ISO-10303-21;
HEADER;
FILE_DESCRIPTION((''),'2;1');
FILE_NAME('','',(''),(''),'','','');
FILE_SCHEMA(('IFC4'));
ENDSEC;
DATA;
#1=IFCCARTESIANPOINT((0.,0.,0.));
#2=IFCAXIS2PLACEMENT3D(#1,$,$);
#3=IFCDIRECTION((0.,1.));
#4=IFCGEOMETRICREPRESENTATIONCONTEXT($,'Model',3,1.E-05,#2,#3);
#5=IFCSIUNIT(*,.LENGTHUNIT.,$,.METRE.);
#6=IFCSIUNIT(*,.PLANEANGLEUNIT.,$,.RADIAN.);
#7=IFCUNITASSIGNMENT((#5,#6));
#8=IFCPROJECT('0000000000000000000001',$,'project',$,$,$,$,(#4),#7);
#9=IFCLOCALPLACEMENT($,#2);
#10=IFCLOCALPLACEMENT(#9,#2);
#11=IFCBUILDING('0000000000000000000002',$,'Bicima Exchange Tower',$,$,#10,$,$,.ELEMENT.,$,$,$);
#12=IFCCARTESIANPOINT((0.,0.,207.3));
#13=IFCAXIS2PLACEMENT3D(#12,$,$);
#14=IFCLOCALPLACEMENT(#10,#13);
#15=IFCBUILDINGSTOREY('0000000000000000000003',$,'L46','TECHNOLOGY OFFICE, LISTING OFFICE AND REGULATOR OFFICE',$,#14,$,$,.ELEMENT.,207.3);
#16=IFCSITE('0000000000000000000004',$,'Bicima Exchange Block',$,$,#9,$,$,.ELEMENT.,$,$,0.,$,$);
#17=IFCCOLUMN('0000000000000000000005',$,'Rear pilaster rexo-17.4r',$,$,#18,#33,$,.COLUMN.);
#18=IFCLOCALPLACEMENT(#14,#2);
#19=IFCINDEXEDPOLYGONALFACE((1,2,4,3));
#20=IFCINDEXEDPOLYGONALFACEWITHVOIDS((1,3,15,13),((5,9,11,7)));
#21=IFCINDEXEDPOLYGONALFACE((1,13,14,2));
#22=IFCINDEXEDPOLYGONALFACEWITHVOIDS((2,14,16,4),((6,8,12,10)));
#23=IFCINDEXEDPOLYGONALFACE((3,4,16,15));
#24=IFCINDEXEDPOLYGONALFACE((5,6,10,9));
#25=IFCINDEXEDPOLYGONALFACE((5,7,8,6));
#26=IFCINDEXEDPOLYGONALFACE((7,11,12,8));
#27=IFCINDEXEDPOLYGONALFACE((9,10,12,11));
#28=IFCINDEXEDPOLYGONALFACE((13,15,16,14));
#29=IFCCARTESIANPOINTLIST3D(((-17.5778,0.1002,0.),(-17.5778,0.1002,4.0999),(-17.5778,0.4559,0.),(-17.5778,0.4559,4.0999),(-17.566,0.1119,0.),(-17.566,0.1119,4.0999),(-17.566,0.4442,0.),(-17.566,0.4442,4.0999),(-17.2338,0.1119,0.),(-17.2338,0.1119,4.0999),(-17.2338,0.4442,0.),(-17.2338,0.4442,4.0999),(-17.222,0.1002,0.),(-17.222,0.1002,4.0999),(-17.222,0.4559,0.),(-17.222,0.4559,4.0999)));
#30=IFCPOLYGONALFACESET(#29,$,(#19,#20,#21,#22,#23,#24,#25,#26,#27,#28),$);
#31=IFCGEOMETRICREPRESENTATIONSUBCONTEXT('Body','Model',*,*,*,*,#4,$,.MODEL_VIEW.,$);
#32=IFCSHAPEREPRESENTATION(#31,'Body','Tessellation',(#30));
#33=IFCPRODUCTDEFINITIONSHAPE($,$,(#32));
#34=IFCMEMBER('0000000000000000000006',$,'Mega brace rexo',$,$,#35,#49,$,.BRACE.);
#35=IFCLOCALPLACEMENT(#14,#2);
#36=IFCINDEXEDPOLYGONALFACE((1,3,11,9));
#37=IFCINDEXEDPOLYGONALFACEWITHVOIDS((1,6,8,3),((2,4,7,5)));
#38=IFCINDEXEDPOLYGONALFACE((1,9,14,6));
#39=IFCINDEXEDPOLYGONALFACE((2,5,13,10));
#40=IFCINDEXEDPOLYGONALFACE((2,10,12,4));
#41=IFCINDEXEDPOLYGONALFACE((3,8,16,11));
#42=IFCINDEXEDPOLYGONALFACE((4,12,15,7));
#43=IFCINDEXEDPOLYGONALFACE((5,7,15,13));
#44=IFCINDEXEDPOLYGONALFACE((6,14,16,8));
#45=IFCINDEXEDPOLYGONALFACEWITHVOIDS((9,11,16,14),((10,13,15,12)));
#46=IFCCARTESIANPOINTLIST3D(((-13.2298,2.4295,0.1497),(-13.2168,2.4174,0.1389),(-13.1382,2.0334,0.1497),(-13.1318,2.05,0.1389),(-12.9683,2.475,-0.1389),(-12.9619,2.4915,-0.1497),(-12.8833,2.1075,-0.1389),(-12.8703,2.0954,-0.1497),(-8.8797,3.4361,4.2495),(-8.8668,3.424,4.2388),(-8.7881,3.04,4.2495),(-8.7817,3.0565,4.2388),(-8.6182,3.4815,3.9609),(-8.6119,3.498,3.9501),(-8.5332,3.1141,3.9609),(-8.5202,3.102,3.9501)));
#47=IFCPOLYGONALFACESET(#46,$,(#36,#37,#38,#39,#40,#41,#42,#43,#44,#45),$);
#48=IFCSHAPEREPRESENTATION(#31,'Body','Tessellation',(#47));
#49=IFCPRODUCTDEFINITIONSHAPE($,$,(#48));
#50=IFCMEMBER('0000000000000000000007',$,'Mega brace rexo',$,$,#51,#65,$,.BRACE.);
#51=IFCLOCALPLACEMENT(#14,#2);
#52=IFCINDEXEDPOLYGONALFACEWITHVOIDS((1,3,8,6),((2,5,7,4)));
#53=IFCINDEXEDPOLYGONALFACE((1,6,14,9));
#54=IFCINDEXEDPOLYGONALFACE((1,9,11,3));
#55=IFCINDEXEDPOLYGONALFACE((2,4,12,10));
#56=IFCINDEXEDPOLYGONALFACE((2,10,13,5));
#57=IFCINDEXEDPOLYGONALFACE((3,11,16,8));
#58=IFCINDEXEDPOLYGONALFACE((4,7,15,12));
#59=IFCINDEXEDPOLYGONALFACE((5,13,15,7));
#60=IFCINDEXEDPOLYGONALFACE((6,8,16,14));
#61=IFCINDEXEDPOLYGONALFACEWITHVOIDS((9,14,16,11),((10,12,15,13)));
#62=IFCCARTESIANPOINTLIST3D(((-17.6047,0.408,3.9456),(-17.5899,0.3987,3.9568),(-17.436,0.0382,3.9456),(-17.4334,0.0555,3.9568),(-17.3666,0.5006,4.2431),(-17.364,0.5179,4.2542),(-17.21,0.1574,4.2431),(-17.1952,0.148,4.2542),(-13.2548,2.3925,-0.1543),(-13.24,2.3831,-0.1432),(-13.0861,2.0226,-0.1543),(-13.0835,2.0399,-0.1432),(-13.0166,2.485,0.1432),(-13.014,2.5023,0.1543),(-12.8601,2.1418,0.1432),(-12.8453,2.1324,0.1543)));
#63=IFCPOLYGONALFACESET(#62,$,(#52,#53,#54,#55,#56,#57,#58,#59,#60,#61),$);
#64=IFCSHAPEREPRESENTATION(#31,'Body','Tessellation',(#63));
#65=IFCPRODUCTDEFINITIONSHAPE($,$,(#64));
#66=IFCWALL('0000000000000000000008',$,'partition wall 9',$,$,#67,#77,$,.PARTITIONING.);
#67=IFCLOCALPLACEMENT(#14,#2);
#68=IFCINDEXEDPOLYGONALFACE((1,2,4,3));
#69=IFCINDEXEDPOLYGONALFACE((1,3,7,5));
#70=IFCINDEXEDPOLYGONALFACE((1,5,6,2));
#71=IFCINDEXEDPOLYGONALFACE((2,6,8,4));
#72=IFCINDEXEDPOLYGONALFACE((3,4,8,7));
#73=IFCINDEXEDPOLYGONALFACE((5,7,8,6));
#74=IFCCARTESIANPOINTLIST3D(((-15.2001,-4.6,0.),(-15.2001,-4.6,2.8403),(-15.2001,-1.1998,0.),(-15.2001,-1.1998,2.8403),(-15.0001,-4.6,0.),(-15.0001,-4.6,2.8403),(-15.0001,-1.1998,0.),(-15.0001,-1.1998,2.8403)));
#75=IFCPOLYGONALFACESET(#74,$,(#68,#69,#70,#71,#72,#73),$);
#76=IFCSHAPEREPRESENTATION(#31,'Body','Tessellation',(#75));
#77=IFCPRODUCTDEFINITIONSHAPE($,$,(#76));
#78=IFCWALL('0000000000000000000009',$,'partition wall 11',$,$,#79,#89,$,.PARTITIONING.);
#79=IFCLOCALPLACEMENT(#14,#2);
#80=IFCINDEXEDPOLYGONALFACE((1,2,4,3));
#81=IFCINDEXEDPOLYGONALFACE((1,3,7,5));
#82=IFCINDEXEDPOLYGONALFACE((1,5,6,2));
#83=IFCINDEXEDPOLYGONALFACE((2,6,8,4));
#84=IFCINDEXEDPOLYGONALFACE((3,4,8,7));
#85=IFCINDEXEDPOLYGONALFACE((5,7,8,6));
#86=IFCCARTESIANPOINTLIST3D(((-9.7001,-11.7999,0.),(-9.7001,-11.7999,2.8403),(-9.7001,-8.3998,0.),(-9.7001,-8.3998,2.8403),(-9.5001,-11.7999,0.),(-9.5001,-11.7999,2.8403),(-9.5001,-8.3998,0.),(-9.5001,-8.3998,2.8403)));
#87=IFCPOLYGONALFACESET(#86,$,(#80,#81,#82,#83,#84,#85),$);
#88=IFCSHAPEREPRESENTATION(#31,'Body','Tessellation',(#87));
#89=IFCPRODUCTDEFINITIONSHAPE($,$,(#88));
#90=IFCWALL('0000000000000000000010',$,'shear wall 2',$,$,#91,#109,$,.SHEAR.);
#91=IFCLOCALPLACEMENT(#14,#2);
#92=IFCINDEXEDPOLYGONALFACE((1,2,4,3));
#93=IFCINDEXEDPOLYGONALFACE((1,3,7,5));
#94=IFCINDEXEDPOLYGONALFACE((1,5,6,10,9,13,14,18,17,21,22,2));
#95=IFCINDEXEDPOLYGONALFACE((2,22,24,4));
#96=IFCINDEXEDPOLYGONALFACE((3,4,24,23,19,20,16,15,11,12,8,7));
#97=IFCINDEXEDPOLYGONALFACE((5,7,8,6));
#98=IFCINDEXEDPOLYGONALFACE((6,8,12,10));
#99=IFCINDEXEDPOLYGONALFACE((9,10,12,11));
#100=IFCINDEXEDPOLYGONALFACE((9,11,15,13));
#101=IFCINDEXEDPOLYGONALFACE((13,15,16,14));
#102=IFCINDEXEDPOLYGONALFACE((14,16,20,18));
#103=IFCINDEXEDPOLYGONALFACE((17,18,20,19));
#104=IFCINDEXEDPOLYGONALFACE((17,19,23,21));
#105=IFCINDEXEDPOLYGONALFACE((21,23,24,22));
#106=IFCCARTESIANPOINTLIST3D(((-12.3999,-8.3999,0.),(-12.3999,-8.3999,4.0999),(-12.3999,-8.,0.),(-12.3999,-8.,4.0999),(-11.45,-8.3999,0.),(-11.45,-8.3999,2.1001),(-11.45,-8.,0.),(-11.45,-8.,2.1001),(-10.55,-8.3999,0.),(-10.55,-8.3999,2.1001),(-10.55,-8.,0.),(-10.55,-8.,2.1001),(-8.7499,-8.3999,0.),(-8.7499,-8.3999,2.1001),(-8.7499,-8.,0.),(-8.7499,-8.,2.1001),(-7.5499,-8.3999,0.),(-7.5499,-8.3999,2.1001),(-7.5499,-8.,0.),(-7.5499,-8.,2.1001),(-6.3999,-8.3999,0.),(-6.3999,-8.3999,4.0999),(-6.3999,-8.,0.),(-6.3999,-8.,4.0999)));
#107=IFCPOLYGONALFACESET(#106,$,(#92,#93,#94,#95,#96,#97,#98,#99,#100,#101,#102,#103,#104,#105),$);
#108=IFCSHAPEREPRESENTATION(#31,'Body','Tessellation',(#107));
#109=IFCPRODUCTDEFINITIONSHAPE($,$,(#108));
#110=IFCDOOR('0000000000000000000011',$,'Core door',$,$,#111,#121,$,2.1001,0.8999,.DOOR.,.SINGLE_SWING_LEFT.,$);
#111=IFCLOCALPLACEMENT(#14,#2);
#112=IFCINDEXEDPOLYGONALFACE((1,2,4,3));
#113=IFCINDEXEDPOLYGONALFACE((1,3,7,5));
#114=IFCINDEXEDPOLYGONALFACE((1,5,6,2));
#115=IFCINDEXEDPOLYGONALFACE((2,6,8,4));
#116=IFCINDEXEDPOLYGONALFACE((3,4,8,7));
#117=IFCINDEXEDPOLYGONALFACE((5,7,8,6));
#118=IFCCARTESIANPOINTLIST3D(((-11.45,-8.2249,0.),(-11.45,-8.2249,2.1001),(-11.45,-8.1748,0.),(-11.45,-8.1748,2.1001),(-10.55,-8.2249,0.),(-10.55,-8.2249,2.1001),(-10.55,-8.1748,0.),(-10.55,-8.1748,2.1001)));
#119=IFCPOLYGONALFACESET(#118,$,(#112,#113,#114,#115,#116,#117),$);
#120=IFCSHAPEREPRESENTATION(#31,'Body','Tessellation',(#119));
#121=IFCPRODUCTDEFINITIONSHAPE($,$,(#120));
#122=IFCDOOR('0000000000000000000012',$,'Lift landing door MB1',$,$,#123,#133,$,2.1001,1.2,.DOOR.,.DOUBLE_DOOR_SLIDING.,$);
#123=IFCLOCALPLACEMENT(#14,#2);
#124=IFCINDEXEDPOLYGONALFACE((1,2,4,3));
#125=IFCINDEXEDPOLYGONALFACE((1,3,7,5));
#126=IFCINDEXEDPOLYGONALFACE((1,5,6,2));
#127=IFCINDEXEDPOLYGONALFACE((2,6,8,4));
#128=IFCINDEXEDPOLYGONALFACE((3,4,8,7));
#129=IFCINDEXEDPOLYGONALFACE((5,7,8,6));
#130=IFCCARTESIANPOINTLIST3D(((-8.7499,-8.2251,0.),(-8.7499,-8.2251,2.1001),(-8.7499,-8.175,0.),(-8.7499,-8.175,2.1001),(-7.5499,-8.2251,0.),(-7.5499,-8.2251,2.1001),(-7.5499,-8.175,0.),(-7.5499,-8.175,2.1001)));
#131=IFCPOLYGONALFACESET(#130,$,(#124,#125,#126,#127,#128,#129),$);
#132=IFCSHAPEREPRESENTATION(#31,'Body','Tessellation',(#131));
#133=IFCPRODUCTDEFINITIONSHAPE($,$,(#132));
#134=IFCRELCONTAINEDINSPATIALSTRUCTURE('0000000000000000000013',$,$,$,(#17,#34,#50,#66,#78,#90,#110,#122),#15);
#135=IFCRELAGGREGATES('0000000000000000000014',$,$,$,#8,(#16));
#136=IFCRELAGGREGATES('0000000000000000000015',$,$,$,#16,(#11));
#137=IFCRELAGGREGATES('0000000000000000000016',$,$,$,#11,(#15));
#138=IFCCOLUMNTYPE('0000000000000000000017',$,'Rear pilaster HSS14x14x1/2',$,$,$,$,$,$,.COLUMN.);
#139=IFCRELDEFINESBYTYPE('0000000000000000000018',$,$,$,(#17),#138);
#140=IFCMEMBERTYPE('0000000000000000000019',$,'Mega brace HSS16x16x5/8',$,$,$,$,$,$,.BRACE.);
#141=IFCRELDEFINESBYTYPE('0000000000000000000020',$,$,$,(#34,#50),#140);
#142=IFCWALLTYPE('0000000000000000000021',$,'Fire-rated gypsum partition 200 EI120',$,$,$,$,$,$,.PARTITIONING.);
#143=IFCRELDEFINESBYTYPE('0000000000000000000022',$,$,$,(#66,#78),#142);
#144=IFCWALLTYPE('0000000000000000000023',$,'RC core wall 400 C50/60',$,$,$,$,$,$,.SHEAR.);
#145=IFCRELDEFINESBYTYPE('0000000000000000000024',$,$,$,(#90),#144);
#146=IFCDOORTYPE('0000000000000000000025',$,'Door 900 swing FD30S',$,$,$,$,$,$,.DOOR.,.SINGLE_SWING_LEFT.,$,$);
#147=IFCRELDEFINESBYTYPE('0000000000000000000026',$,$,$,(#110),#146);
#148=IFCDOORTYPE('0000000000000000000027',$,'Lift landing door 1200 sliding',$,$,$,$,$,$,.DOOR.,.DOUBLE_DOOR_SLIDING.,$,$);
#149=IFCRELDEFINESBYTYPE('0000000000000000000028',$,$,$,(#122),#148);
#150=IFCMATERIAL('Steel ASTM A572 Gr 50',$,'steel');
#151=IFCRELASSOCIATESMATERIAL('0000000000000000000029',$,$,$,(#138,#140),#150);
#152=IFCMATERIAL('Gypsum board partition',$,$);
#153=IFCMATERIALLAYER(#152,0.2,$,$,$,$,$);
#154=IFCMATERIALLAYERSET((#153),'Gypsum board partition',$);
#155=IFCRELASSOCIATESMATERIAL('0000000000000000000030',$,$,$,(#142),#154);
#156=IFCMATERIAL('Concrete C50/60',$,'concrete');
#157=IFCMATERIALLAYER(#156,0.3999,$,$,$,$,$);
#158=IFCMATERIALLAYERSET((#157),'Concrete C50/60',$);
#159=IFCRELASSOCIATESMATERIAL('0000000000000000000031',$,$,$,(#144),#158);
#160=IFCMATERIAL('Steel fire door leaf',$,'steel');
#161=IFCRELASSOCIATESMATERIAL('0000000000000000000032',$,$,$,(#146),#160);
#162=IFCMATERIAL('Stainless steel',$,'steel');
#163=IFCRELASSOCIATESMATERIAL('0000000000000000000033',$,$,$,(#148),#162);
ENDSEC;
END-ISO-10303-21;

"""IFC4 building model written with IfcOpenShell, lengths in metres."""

from ifc_helpers import new_model, si_unit, direction, frame, frame_2d, origin, origin_2d, place, context, subcontext, project, spatial, rectangle, hollow_rectangle, extrude, material, layer, layer_set, material_profile, profile_set, type_object, element, fill, save


model = new_model("IFC4")

# Units and contexts
model_context = context("Model", 3, precision=1e-05, world=origin(), true_north=direction((0.0, 1.0)))
body_context = subcontext(model_context, "Body", "Model", "MODEL_VIEW")
ifc_project = project(units=[si_unit("LENGTHUNIT", "METRE"), si_unit("PLANEANGLEUNIT", "RADIAN")], contexts=[model_context])

# Site, building, storey
site_placement = place(None, origin())
site = spatial("IfcSite", under=ifc_project, at=site_placement, Name="Bicima Exchange Block", CompositionType="ELEMENT", RefElevation=0.0)
building_placement = place(site_placement, origin())
building = spatial("IfcBuilding", under=site, at=building_placement, Name="Bicima Exchange Tower", CompositionType="ELEMENT")
storey_placement = place(building_placement, frame((0.0, 0.0, 207.3)))
storey = spatial("IfcBuildingStorey", under=building, at=storey_placement, Name="L46", Description="TECHNOLOGY OFFICE, LISTING OFFICE AND REGULATOR OFFICE", CompositionType="ELEMENT", Elevation=207.3)

# Column
ifc_material_1 = material(Name="Steel ASTM A572 Gr 50", Category="steel")
ifc_material_profile_1 = material_profile(ifc_material_1, hollow_rectangle(XDim=0.3557, YDim=0.3557, WallThickness=0.0117, at=origin_2d()))
ifc_profile_set_1 = profile_set([ifc_material_profile_1], Name="Steel ASTM A572 Gr 50")
column_type = type_object("IfcColumnType", Name="Rear pilaster HSS14x14x1/2", PredefinedType="COLUMN", material=ifc_profile_set_1)
column_placement = place(storey_placement, frame((-17.3999, 0.2781, 0.0), z_axis=(0.0, 0.0, 1.0), x_axis=(1.0, 0.0, 0.0)))
element("IfcColumn", 1, at=column_placement, inside=storey, type_object=column_type, Name="Rear pilaster rexo-17.4r", PredefinedType="COLUMN", context=body_context, shape_type="SweptSolid", body=[
    extrude(hollow_rectangle(XDim=0.3557, YDim=0.3557, WallThickness=0.0117, at=origin_2d()), origin(), (0.0, 0.0, 1.0), 4.0999),
])

# Members
ifc_material_profile_2 = material_profile(ifc_material_1, hollow_rectangle(XDim=0.4065, YDim=0.4065, WallThickness=0.0146, at=origin_2d()))
ifc_profile_set_2 = profile_set([ifc_material_profile_2], Name="Steel ASTM A572 Gr 50")
member_type = type_object("IfcMemberType", Name="Mega brace HSS16x16x5/8", PredefinedType="BRACE", material=ifc_profile_set_2)
member_1_placement = place(storey_placement, frame((-13.05, 2.2625, 0.0), z_axis=(0.717625, 0.166055, 0.676343), x_axis=(-0.225439, 0.974257, 0.0)))
element("IfcMember", 2, at=member_1_placement, inside=storey, type_object=member_type, Name="Mega brace rexo", PredefinedType="BRACE", context=body_context, shape_type="SweptSolid", body=[
    extrude(hollow_rectangle(XDim=0.4065, YDim=0.4065, WallThickness=0.0146, at=origin_2d()), origin(), (0.0, 0.0, 1.0), 6.0618),
])
member_2_placement = place(storey_placement, frame((-13.05, 2.2625, 0.0), z_axis=(-0.690646, -0.315068, 0.650953), x_axis=(0.415045, -0.909801, 0.0)))
element("IfcMember", 3, at=member_2_placement, inside=storey, type_object=member_type, Name="Mega brace rexo", PredefinedType="BRACE", context=body_context, shape_type="SweptSolid", body=[
    extrude(hollow_rectangle(XDim=0.4065, YDim=0.4065, WallThickness=0.0146, at=origin_2d()), origin(), (0.0, 0.0, 1.0), 6.2983),
])

# Walls
ifc_material_2 = material(Name="Gypsum board partition")
ifc_layer_1 = layer(ifc_material_2, 0.2)
ifc_layer_set_1 = layer_set([ifc_layer_1], Name="Gypsum board partition")
wall_type_1 = type_object("IfcWallType", Name="Fire-rated gypsum partition 200 EI120", PredefinedType="PARTITIONING", material=ifc_layer_set_1)
for number, where, z_axis, x_axis, name in (
    (4, (-15.1001, -4.6001, 0.0), (0.0, 0.0, 1.0), (0.0, 1.0, 0.0), "partition wall 9"),
    (5, (-9.6001, -11.8, 0.0), (0.0, 0.0, 1.0), (0.0, 1.0, 0.0), "partition wall 11"),
):
    element("IfcWall", number, at=place(storey_placement, frame(where, z_axis=z_axis, x_axis=x_axis)), inside=storey, type_object=wall_type_1, Name=name, PredefinedType="PARTITIONING", context=body_context, shape_type="SweptSolid", body=[
        extrude(rectangle(XDim=3.4001, YDim=0.2, at=frame_2d((1.7002, 0.0))), origin(), (0.0, 0.0, 1.0), 2.8403),
    ])

# Wall, openings, doors
ifc_material_3 = material(Name="Concrete C50/60", Category="concrete")
ifc_layer_2 = layer(ifc_material_3, 0.3999)
ifc_layer_set_2 = layer_set([ifc_layer_2], Name="Concrete C50/60")
wall_type_2 = type_object("IfcWallType", Name="RC core wall 400 C50/60", PredefinedType="SHEAR", material=ifc_layer_set_2)
wall_1_placement = place(storey_placement, frame((-12.3999, -8.2, 0.0), z_axis=(0.0, 0.0, 1.0), x_axis=(1.0, 0.0, 0.0)))
wall_1 = element("IfcWall", 6, at=wall_1_placement, inside=storey, type_object=wall_type_2, Name="shear wall 2", PredefinedType="SHEAR", context=body_context, shape_type="SweptSolid", body=[
    extrude(rectangle(XDim=6.0, YDim=0.3999, at=frame_2d((3.0, 0.0))), origin(), (0.0, 0.0, 1.0), 4.0999),
])
opening_1_placement = place(wall_1_placement, frame((3.6499, 0.0, 0.0)))
opening_1 = element("IfcOpeningElement", 7, at=opening_1_placement, cuts=wall_1, PredefinedType="OPENING", context=body_context, shape_type="SweptSolid", body=[
    extrude(rectangle(XDim=1.2, YDim=2.1001, at=frame_2d((0.6001, 1.05))), frame((0.0, 0.2119, 0.0), z_axis=(0.0, -1.0, 0.0), x_axis=(1.0, 0.0, 0.0)), (0.0, 0.0, 1.0), 0.4238),
])
opening_2_placement = place(wall_1_placement, frame((0.95, 0.0, 0.0)))
opening_2 = element("IfcOpeningElement", 8, at=opening_2_placement, cuts=wall_1, PredefinedType="OPENING", context=body_context, shape_type="SweptSolid", body=[
    extrude(rectangle(XDim=0.8999, YDim=2.1001, at=frame_2d((0.45, 1.05))), frame((0.0, 0.2119, 0.0), z_axis=(0.0, -1.0, 0.0), x_axis=(1.0, 0.0, 0.0)), (0.0, 0.0, 1.0), 0.4238),
])
ifc_material_4 = material(Name="Steel fire door leaf", Category="steel")
door_type_1 = type_object("IfcDoorType", Name="Door 900 swing FD30S", OperationType="SINGLE_SWING_LEFT", PredefinedType="DOOR", material=ifc_material_4)
door_1_placement = place(opening_2_placement, frame((0.8999, 0.0, 0.0), z_axis=(0.0, 0.0, 1.0), x_axis=(-1.0, 0.0, 0.0)))
door_1 = element("IfcDoor", 9, at=door_1_placement, inside=storey, type_object=door_type_1, Name="Core door", OperationType="SINGLE_SWING_LEFT", OverallHeight=2.1001, OverallWidth=0.8999, PredefinedType="DOOR", context=body_context, shape_type="SweptSolid", body=[
    extrude(rectangle(XDim=0.8999, YDim=2.1001, at=frame_2d((0.45, 1.05))), frame((0.0, 0.0249, 0.0), z_axis=(0.0, -1.0, 0.0), x_axis=(1.0, 0.0, 0.0)), (0.0, 0.0, 1.0), 0.05),
])
fill(opening_2, door_1)
ifc_material_5 = material(Name="Stainless steel", Category="steel")
door_type_2 = type_object("IfcDoorType", Name="Lift landing door 1200 sliding", OperationType="DOUBLE_DOOR_SLIDING", PredefinedType="DOOR", material=ifc_material_5)
door_2_placement = place(opening_1_placement, origin())
door_2 = element("IfcDoor", 10, at=door_2_placement, inside=storey, type_object=door_type_2, Name="Lift landing door MB1", OperationType="DOUBLE_DOOR_SLIDING", OverallHeight=2.1001, OverallWidth=1.2, PredefinedType="DOOR", context=body_context, shape_type="SweptSolid", body=[
    extrude(rectangle(XDim=1.2, YDim=2.1001, at=frame_2d((0.6001, 1.05))), frame((0.0, 0.0249, 0.0), z_axis=(0.0, -1.0, 0.0), x_axis=(1.0, 0.0, 0.0)), (0.0, 0.0, 1.0), 0.05),
])
fill(opening_1, door_2)

save(model, "model.ifc")
